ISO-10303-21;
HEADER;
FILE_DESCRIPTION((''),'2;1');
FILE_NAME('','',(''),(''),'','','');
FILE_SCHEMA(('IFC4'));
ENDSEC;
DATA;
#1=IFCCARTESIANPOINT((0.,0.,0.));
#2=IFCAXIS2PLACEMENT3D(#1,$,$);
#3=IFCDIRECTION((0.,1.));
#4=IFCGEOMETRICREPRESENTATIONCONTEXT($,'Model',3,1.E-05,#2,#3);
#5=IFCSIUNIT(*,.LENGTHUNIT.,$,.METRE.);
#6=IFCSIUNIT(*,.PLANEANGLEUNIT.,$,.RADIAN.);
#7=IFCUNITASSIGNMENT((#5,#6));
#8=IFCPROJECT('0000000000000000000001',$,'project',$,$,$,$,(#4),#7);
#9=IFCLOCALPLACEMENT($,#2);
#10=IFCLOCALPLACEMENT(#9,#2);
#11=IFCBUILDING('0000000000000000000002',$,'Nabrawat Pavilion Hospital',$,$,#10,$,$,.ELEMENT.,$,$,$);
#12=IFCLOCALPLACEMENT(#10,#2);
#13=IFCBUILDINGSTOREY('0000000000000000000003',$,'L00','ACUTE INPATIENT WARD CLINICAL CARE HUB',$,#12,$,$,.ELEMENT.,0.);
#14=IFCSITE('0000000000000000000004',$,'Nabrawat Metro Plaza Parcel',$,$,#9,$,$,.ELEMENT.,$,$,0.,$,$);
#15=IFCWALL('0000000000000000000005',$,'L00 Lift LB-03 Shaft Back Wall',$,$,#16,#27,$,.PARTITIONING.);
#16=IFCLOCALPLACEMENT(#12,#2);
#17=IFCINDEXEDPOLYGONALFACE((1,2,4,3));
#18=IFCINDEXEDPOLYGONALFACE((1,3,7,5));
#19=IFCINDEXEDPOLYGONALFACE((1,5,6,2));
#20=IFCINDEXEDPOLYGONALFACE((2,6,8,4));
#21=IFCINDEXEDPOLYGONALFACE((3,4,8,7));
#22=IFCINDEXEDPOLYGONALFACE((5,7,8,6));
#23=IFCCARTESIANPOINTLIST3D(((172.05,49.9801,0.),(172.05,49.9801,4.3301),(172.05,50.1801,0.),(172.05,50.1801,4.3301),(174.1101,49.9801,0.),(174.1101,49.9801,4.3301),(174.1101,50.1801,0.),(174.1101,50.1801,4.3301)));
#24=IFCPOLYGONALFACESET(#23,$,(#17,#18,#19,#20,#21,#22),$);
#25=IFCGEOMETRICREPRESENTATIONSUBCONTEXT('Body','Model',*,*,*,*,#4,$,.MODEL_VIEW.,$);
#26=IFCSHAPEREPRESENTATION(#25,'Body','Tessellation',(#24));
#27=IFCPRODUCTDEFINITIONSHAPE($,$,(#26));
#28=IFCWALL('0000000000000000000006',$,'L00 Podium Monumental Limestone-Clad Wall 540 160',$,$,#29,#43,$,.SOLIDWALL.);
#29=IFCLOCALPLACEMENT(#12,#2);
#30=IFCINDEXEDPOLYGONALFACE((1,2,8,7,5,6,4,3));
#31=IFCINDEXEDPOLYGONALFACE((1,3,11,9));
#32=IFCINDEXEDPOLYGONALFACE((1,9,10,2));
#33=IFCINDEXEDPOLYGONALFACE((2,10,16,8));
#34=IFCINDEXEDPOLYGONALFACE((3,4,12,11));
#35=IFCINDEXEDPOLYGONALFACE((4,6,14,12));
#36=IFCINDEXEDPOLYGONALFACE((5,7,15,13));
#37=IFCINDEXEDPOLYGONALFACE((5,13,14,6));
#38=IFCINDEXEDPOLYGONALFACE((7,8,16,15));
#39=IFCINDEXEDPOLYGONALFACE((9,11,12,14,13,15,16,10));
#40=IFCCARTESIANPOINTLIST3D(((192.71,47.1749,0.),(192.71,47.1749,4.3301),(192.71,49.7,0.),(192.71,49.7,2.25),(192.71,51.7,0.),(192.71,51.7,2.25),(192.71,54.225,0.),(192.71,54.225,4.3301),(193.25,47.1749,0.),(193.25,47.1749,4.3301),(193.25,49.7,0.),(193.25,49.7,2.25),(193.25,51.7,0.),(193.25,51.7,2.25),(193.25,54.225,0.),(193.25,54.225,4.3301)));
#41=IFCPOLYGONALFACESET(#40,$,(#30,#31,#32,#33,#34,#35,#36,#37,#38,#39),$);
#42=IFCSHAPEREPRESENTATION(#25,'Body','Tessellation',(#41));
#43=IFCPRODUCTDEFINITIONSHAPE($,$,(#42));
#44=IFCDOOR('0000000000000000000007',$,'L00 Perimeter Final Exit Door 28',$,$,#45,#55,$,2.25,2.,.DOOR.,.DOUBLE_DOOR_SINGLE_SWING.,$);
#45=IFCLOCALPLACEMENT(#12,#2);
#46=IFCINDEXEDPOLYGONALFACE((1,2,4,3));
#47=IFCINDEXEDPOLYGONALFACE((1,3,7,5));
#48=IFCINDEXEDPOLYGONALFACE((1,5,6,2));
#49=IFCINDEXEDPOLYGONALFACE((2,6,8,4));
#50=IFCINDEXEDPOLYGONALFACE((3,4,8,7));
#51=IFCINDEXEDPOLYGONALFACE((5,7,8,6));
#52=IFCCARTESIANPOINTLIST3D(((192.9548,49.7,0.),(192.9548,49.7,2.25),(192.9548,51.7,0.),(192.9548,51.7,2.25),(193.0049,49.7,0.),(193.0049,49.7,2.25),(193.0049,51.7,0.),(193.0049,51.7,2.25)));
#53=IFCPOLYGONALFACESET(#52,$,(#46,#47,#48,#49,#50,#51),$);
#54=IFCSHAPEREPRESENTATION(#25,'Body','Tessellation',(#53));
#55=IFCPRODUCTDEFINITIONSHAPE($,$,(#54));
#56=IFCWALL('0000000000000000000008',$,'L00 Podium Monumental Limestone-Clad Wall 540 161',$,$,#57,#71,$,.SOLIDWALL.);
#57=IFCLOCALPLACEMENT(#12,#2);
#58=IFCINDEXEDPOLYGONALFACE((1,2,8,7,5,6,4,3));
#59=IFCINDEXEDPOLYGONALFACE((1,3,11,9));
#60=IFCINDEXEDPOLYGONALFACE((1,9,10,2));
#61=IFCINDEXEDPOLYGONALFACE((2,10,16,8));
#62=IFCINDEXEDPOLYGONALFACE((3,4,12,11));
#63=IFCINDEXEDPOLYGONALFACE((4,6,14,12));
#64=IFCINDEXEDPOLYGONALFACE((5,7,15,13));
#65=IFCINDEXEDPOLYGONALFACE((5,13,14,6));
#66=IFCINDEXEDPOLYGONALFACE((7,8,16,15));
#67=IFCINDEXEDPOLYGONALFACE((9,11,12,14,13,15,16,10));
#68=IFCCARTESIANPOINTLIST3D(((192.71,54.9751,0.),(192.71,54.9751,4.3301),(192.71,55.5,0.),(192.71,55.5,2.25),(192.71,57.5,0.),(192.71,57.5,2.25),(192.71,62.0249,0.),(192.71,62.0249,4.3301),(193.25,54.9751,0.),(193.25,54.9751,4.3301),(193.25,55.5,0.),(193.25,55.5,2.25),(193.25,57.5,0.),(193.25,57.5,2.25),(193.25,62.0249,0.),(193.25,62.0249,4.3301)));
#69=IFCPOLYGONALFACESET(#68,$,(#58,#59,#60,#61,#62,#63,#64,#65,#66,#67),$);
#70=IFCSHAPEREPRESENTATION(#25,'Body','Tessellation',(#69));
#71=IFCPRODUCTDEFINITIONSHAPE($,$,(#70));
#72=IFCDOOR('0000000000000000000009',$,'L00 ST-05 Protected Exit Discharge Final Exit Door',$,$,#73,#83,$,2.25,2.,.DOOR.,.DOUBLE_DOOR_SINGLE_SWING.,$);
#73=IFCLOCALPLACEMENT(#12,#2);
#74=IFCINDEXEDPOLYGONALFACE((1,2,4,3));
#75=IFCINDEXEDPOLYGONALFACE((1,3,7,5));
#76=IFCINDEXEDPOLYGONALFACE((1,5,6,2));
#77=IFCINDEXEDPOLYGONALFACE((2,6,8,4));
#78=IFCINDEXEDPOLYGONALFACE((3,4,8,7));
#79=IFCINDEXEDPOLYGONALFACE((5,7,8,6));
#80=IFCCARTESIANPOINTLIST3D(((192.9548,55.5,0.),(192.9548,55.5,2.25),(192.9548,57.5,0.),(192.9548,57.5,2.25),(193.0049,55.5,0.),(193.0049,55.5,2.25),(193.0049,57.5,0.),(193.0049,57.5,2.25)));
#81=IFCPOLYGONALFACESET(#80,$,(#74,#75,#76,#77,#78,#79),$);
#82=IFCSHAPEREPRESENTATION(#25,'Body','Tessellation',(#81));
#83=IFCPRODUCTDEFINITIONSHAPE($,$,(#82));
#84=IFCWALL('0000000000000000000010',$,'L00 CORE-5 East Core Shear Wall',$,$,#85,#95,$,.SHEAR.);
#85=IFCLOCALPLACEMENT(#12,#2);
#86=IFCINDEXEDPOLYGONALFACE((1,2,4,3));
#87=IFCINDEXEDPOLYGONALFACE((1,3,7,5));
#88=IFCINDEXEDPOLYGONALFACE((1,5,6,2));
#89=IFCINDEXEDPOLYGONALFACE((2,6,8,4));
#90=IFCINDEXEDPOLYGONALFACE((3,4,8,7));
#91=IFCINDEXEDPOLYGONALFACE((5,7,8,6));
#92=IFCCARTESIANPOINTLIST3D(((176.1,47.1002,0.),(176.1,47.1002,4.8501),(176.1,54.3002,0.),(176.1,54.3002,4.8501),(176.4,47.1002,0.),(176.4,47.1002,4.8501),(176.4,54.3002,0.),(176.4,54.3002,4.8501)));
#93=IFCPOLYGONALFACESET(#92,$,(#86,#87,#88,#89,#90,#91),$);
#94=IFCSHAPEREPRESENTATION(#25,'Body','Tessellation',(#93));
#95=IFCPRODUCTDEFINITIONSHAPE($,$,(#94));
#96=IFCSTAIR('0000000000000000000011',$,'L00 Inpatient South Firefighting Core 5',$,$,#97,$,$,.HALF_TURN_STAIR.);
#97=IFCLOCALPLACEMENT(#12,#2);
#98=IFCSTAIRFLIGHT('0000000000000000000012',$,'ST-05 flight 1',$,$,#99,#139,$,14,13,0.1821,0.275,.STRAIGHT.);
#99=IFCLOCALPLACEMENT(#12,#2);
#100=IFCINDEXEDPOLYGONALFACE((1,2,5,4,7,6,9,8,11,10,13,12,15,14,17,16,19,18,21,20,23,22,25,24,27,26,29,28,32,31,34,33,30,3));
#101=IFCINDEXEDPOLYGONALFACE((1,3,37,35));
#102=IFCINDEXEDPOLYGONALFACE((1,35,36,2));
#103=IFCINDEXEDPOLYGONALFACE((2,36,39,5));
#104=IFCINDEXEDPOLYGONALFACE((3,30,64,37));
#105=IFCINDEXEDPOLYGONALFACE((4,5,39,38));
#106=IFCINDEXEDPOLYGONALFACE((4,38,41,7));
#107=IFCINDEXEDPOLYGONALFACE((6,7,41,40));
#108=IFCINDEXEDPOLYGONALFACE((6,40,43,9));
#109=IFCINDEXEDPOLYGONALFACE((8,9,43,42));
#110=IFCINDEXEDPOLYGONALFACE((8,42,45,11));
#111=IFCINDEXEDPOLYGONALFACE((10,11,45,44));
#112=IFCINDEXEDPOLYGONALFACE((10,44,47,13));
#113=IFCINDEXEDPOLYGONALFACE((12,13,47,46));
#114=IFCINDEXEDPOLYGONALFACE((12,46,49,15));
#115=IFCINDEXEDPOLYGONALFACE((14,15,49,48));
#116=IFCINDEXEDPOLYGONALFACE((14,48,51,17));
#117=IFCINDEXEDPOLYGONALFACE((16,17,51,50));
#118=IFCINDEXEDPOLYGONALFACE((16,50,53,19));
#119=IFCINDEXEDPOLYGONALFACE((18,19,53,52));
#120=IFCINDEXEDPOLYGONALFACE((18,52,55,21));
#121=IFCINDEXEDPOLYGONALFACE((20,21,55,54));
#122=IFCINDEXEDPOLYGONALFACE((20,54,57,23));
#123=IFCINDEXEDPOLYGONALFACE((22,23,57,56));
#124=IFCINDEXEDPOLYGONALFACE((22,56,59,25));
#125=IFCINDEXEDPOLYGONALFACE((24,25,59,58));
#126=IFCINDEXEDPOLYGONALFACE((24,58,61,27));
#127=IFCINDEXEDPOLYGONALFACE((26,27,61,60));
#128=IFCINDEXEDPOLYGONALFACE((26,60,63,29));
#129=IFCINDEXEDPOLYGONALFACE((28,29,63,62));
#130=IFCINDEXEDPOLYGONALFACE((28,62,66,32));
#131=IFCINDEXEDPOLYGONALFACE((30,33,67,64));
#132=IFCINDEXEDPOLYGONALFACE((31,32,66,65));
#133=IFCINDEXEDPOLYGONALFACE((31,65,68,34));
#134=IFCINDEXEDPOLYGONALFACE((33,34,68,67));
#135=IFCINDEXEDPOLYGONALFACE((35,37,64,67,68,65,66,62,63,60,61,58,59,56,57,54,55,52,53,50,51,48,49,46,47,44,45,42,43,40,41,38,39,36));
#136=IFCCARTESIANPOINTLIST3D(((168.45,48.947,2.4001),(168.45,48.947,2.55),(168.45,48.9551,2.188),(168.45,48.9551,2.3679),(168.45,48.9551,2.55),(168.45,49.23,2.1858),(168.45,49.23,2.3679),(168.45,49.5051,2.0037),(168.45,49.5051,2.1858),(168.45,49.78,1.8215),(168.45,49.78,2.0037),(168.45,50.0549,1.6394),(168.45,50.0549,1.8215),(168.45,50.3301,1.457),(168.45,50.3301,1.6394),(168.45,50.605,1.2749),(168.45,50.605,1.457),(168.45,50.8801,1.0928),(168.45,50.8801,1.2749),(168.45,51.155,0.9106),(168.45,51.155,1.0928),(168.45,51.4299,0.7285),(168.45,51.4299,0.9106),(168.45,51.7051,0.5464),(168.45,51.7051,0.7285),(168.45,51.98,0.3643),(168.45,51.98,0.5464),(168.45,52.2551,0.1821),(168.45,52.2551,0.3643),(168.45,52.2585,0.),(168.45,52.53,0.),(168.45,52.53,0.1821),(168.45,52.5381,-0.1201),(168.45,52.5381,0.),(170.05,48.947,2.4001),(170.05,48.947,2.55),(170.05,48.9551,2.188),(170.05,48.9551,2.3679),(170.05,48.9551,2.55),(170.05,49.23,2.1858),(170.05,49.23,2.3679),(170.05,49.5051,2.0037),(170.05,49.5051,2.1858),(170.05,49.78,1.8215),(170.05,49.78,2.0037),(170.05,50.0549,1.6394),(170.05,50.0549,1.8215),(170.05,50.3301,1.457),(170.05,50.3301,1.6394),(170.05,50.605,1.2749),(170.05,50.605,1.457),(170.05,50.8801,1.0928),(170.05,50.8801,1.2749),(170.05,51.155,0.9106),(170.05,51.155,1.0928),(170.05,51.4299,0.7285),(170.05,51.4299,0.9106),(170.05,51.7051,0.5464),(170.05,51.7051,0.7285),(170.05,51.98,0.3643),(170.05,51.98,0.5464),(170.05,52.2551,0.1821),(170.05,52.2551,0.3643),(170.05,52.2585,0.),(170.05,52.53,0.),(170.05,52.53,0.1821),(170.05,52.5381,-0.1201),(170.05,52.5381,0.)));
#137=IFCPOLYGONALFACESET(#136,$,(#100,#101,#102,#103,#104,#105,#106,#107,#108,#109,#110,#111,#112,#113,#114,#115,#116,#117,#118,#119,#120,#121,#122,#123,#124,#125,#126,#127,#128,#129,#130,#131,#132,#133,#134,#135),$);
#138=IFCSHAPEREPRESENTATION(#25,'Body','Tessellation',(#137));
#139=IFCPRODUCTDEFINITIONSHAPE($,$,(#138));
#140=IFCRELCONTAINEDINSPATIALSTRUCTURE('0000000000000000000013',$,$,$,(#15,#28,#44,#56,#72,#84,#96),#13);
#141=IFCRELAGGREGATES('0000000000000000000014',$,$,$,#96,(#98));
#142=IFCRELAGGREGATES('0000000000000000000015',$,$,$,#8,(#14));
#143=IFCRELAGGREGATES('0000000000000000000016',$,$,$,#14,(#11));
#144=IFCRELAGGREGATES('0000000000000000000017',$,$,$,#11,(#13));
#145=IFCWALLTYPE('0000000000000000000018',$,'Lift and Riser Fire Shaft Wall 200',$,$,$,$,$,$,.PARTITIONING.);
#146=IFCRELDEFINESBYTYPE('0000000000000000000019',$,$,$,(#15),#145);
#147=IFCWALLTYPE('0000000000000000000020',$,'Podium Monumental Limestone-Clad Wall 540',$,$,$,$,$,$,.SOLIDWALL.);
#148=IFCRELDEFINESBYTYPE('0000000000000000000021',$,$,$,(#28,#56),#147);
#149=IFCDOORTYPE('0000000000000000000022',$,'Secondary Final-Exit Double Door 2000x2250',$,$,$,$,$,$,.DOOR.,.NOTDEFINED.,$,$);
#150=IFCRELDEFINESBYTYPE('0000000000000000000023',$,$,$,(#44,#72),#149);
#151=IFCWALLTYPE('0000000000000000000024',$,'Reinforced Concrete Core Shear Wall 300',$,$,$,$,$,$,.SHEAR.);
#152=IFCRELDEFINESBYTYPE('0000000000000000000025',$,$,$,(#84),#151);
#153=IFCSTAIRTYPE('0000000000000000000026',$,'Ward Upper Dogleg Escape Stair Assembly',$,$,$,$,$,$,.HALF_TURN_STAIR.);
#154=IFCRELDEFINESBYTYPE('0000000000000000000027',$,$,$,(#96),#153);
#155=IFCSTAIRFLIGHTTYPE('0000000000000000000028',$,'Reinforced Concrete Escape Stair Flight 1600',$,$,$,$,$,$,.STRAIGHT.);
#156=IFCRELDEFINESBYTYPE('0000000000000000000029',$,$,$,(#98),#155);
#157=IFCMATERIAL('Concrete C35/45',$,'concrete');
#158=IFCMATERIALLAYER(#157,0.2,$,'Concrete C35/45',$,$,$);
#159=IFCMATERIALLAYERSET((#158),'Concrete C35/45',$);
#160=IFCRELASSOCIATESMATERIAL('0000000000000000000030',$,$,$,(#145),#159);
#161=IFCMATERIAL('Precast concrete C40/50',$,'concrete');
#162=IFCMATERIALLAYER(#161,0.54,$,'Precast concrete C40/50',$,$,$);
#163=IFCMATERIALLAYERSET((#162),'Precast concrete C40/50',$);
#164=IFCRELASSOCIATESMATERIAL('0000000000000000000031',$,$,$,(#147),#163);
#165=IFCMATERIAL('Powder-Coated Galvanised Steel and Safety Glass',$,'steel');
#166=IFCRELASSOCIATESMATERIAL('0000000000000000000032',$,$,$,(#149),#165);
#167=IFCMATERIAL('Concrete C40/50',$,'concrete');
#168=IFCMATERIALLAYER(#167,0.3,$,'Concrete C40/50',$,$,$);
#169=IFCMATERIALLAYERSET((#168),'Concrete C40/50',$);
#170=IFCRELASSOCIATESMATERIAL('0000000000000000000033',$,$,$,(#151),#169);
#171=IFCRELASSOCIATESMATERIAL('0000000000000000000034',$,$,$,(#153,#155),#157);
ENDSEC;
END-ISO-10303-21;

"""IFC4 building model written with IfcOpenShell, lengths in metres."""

from ifc_helpers import new_model, si_unit, direction, frame, frame_2d, origin, place, context, subcontext, project, spatial, polyline, rectangle, outline, extrude, material, layer, layer_set, type_object, element, fill, aggregate, save


model = new_model("IFC4")

# Units and contexts
model_context = context("Model", 3, precision=1e-05, world=origin(), true_north=direction((0.0, 1.0)))
body_context = subcontext(model_context, "Body", "Model", "MODEL_VIEW")
ifc_project = project(units=[si_unit("LENGTHUNIT", "METRE"), si_unit("PLANEANGLEUNIT", "RADIAN")], contexts=[model_context])

# Site, building, storey
site_placement = place(None, origin())
site = spatial("IfcSite", under=ifc_project, at=site_placement, Name="Nabrawat Metro Plaza Parcel", CompositionType="ELEMENT", RefElevation=0.0)
building_placement = place(site_placement, origin())
building = spatial("IfcBuilding", under=site, at=building_placement, Name="Nabrawat Pavilion Hospital", CompositionType="ELEMENT")
storey_placement = place(building_placement, origin())
storey = spatial("IfcBuildingStorey", under=building, at=storey_placement, Name="L00", Description="ACUTE INPATIENT WARD CLINICAL CARE HUB", CompositionType="ELEMENT", Elevation=0.0)

# Shared definitions
ifc_material_1 = material(Name="Concrete C35/45", Category="concrete")

# Wall
ifc_layer_1 = layer(ifc_material_1, 0.2, Name="Concrete C35/45")
ifc_layer_set_1 = layer_set([ifc_layer_1], Name="Concrete C35/45")
wall_type_1 = type_object("IfcWallType", Name="Lift and Riser Fire Shaft Wall 200", PredefinedType="PARTITIONING", material=ifc_layer_set_1)
wall_1_placement = place(storey_placement, frame((172.05, 50.0801, 0.0), z_axis=(0.0, 0.0, 1.0), x_axis=(1.0, 0.0, 0.0)))
element("IfcWall", 1, at=wall_1_placement, inside=storey, type_object=wall_type_1, Name="L00 Lift LB-03 Shaft Back Wall", PredefinedType="PARTITIONING", context=body_context, shape_type="SweptSolid", body=[
    extrude(rectangle(XDim=2.0601, YDim=0.2, at=frame_2d((1.03, 0.0))), origin(), (0.0, 0.0, 1.0), 4.3301),
])

# Walls, openings, doors
ifc_material_2 = material(Name="Precast concrete C40/50", Category="concrete")
ifc_layer_2 = layer(ifc_material_2, 0.54, Name="Precast concrete C40/50")
ifc_layer_set_2 = layer_set([ifc_layer_2], Name="Precast concrete C40/50")
wall_type_2 = type_object("IfcWallType", Name="Podium Monumental Limestone-Clad Wall 540", PredefinedType="SOLIDWALL", material=ifc_layer_set_2)
wall_2_placement = place(storey_placement, frame((192.98, 47.175, 0.0), z_axis=(0.0, 0.0, 1.0), x_axis=(0.0, 1.0, 0.0)))
wall_2 = element("IfcWall", 2, at=wall_2_placement, inside=storey, type_object=wall_type_2, Name="L00 Podium Monumental Limestone-Clad Wall 540 160", PredefinedType="SOLIDWALL", context=body_context, shape_type="SweptSolid", body=[
    extrude(rectangle(XDim=7.05, YDim=0.54, at=frame_2d((3.5249, 0.0))), origin(), (0.0, 0.0, 1.0), 4.3301),
])
opening_1_placement = place(wall_2_placement, frame((2.5249, 0.0, 0.0)))
opening_1 = element("IfcOpeningElement", 3, at=opening_1_placement, cuts=wall_2, PredefinedType="OPENING", context=body_context, shape_type="SweptSolid", body=[
    extrude(rectangle(XDim=2.0, YDim=2.25, at=frame_2d((1.0, 1.125))), frame((0.0, 0.28, 0.0), z_axis=(0.0, -1.0, 0.0), x_axis=(1.0, 0.0, 0.0)), (0.0, 0.0, 1.0), 0.5601),
])
ifc_material_3 = material(Name="Powder-Coated Galvanised Steel and Safety Glass", Category="steel")
door_type_1 = type_object("IfcDoorType", Name="Secondary Final-Exit Double Door 2000x2250", OperationType="NOTDEFINED", PredefinedType="DOOR", material=ifc_material_3)
door_1_placement = place(opening_1_placement, frame((2.0, 0.0, 0.0), z_axis=(0.0, 0.0, 1.0), x_axis=(-1.0, 0.0, 0.0)))
door_1 = element("IfcDoor", 4, at=door_1_placement, inside=storey, type_object=door_type_1, Name="L00 Perimeter Final Exit Door 28", OperationType="DOUBLE_DOOR_SINGLE_SWING", OverallHeight=2.25, OverallWidth=2.0, PredefinedType="DOOR", context=body_context, shape_type="SweptSolid", body=[
    extrude(rectangle(XDim=2.0, YDim=2.25, at=frame_2d((1.0, 1.125))), frame((0.0, 0.0249, 0.0), z_axis=(0.0, -1.0, 0.0), x_axis=(1.0, 0.0, 0.0)), (0.0, 0.0, 1.0), 0.05),
])
fill(opening_1, door_1)
wall_3_placement = place(storey_placement, frame((192.98, 54.9751, 0.0), z_axis=(0.0, 0.0, 1.0), x_axis=(0.0, 1.0, 0.0)))
wall_3 = element("IfcWall", 5, at=wall_3_placement, inside=storey, type_object=wall_type_2, Name="L00 Podium Monumental Limestone-Clad Wall 540 161", PredefinedType="SOLIDWALL", context=body_context, shape_type="SweptSolid", body=[
    extrude(rectangle(XDim=7.0498, YDim=0.54, at=frame_2d((3.5249, 0.0))), origin(), (0.0, 0.0, 1.0), 4.3301),
])
opening_2_placement = place(wall_3_placement, frame((0.5249, 0.0, 0.0)))
opening_2 = element("IfcOpeningElement", 6, at=opening_2_placement, cuts=wall_3, PredefinedType="OPENING", context=body_context, shape_type="SweptSolid", body=[
    extrude(rectangle(XDim=2.0, YDim=2.25, at=frame_2d((1.0, 1.125))), frame((0.0, 0.28, 0.0), z_axis=(0.0, -1.0, 0.0), x_axis=(1.0, 0.0, 0.0)), (0.0, 0.0, 1.0), 0.5601),
])
door_2_placement = place(opening_2_placement, frame((2.0, 0.0, 0.0), z_axis=(0.0, 0.0, 1.0), x_axis=(-1.0, 0.0, 0.0)))
door_2 = element("IfcDoor", 7, at=door_2_placement, inside=storey, type_object=door_type_1, Name="L00 ST-05 Protected Exit Discharge Final Exit Door", OperationType="DOUBLE_DOOR_SINGLE_SWING", OverallHeight=2.25, OverallWidth=2.0, PredefinedType="DOOR", context=body_context, shape_type="SweptSolid", body=[
    extrude(rectangle(XDim=2.0, YDim=2.25, at=frame_2d((1.0, 1.125))), frame((0.0, 0.0249, 0.0), z_axis=(0.0, -1.0, 0.0), x_axis=(1.0, 0.0, 0.0)), (0.0, 0.0, 1.0), 0.05),
])
fill(opening_2, door_2)

# Wall
ifc_material_4 = material(Name="Concrete C40/50", Category="concrete")
ifc_layer_3 = layer(ifc_material_4, 0.3, Name="Concrete C40/50")
ifc_layer_set_3 = layer_set([ifc_layer_3], Name="Concrete C40/50")
wall_type_3 = type_object("IfcWallType", Name="Reinforced Concrete Core Shear Wall 300", PredefinedType="SHEAR", material=ifc_layer_set_3)
wall_4_placement = place(storey_placement, frame((176.25, 47.1001, 0.0), z_axis=(0.0, 0.0, 1.0), x_axis=(0.0, 1.0, 0.0)))
element("IfcWall", 8, at=wall_4_placement, inside=storey, type_object=wall_type_3, Name="L00 CORE-5 East Core Shear Wall", PredefinedType="SHEAR", context=body_context, shape_type="SweptSolid", body=[
    extrude(rectangle(XDim=7.2, YDim=0.3, at=frame_2d((3.6001, 0.0))), origin(), (0.0, 0.0, 1.0), 4.8501),
])

# Stair, stair flight
stair_type = type_object("IfcStairType", Name="Ward Upper Dogleg Escape Stair Assembly", PredefinedType="HALF_TURN_STAIR", material=ifc_material_1)
stair_placement = place(storey_placement, origin())
stair = element("IfcStair", 9, at=stair_placement, inside=storey, type_object=stair_type, Name="L00 Inpatient South Firefighting Core 5", PredefinedType="HALF_TURN_STAIR")
stair_flight_type = type_object("IfcStairFlightType", Name="Reinforced Concrete Escape Stair Flight 1600", PredefinedType="STRAIGHT", material=ifc_material_1)
stair_flight_1_placement = place(storey_placement, frame((169.25, 52.53, 0.0), z_axis=(0.0, 0.0, 1.0), x_axis=(0.0, -1.0, 0.0)))
stair_flight_1 = element("IfcStairFlight", 10, at=stair_flight_1_placement, type_object=stair_flight_type, Name="ST-05 flight 1", NumberOfRisers=14, NumberOfTreads=13, PredefinedType="STRAIGHT", RiserHeight=0.1821, TreadLength=0.275, context=body_context, shape_type="SweptSolid", body=[
    extrude(outline(polyline([(-0.0081, 0.0), (0.0, 0.0), (0.0, 0.1821), (0.2749, 0.1821), (0.2749, 0.3643), (0.55, 0.3643), (0.55, 0.5464), (0.825, 0.5464), (0.825, 0.7285), (1.1001, 0.7285), (1.1001, 0.9106), (1.375, 0.9106), (1.375, 1.0928), (1.6499, 1.0928), (1.6499, 1.2749), (1.925, 1.2749), (1.925, 1.457), (2.2, 1.457), (2.2, 1.6394), (2.4751, 1.6394), (2.4751, 1.8215), (2.75, 1.8215), (2.75, 2.0037), (3.0249, 2.0037), (3.0249, 2.1858), (3.3, 2.1858), (3.3, 2.3679), (3.575, 2.3679), (3.575, 2.55), (3.583, 2.55), (3.583, 2.4001), (3.575, 2.188), (0.2715, 0.0), (-0.0081, -0.1201), (-0.0081, 0.0)])), frame((0.0, 0.8, 0.0), z_axis=(0.0, -1.0, 0.0), x_axis=(1.0, 0.0, 0.0)), (0.0, 0.0, 1.0), 1.6001),
])
aggregate(stair, [stair_flight_1])

save(model, "model.ifc")
